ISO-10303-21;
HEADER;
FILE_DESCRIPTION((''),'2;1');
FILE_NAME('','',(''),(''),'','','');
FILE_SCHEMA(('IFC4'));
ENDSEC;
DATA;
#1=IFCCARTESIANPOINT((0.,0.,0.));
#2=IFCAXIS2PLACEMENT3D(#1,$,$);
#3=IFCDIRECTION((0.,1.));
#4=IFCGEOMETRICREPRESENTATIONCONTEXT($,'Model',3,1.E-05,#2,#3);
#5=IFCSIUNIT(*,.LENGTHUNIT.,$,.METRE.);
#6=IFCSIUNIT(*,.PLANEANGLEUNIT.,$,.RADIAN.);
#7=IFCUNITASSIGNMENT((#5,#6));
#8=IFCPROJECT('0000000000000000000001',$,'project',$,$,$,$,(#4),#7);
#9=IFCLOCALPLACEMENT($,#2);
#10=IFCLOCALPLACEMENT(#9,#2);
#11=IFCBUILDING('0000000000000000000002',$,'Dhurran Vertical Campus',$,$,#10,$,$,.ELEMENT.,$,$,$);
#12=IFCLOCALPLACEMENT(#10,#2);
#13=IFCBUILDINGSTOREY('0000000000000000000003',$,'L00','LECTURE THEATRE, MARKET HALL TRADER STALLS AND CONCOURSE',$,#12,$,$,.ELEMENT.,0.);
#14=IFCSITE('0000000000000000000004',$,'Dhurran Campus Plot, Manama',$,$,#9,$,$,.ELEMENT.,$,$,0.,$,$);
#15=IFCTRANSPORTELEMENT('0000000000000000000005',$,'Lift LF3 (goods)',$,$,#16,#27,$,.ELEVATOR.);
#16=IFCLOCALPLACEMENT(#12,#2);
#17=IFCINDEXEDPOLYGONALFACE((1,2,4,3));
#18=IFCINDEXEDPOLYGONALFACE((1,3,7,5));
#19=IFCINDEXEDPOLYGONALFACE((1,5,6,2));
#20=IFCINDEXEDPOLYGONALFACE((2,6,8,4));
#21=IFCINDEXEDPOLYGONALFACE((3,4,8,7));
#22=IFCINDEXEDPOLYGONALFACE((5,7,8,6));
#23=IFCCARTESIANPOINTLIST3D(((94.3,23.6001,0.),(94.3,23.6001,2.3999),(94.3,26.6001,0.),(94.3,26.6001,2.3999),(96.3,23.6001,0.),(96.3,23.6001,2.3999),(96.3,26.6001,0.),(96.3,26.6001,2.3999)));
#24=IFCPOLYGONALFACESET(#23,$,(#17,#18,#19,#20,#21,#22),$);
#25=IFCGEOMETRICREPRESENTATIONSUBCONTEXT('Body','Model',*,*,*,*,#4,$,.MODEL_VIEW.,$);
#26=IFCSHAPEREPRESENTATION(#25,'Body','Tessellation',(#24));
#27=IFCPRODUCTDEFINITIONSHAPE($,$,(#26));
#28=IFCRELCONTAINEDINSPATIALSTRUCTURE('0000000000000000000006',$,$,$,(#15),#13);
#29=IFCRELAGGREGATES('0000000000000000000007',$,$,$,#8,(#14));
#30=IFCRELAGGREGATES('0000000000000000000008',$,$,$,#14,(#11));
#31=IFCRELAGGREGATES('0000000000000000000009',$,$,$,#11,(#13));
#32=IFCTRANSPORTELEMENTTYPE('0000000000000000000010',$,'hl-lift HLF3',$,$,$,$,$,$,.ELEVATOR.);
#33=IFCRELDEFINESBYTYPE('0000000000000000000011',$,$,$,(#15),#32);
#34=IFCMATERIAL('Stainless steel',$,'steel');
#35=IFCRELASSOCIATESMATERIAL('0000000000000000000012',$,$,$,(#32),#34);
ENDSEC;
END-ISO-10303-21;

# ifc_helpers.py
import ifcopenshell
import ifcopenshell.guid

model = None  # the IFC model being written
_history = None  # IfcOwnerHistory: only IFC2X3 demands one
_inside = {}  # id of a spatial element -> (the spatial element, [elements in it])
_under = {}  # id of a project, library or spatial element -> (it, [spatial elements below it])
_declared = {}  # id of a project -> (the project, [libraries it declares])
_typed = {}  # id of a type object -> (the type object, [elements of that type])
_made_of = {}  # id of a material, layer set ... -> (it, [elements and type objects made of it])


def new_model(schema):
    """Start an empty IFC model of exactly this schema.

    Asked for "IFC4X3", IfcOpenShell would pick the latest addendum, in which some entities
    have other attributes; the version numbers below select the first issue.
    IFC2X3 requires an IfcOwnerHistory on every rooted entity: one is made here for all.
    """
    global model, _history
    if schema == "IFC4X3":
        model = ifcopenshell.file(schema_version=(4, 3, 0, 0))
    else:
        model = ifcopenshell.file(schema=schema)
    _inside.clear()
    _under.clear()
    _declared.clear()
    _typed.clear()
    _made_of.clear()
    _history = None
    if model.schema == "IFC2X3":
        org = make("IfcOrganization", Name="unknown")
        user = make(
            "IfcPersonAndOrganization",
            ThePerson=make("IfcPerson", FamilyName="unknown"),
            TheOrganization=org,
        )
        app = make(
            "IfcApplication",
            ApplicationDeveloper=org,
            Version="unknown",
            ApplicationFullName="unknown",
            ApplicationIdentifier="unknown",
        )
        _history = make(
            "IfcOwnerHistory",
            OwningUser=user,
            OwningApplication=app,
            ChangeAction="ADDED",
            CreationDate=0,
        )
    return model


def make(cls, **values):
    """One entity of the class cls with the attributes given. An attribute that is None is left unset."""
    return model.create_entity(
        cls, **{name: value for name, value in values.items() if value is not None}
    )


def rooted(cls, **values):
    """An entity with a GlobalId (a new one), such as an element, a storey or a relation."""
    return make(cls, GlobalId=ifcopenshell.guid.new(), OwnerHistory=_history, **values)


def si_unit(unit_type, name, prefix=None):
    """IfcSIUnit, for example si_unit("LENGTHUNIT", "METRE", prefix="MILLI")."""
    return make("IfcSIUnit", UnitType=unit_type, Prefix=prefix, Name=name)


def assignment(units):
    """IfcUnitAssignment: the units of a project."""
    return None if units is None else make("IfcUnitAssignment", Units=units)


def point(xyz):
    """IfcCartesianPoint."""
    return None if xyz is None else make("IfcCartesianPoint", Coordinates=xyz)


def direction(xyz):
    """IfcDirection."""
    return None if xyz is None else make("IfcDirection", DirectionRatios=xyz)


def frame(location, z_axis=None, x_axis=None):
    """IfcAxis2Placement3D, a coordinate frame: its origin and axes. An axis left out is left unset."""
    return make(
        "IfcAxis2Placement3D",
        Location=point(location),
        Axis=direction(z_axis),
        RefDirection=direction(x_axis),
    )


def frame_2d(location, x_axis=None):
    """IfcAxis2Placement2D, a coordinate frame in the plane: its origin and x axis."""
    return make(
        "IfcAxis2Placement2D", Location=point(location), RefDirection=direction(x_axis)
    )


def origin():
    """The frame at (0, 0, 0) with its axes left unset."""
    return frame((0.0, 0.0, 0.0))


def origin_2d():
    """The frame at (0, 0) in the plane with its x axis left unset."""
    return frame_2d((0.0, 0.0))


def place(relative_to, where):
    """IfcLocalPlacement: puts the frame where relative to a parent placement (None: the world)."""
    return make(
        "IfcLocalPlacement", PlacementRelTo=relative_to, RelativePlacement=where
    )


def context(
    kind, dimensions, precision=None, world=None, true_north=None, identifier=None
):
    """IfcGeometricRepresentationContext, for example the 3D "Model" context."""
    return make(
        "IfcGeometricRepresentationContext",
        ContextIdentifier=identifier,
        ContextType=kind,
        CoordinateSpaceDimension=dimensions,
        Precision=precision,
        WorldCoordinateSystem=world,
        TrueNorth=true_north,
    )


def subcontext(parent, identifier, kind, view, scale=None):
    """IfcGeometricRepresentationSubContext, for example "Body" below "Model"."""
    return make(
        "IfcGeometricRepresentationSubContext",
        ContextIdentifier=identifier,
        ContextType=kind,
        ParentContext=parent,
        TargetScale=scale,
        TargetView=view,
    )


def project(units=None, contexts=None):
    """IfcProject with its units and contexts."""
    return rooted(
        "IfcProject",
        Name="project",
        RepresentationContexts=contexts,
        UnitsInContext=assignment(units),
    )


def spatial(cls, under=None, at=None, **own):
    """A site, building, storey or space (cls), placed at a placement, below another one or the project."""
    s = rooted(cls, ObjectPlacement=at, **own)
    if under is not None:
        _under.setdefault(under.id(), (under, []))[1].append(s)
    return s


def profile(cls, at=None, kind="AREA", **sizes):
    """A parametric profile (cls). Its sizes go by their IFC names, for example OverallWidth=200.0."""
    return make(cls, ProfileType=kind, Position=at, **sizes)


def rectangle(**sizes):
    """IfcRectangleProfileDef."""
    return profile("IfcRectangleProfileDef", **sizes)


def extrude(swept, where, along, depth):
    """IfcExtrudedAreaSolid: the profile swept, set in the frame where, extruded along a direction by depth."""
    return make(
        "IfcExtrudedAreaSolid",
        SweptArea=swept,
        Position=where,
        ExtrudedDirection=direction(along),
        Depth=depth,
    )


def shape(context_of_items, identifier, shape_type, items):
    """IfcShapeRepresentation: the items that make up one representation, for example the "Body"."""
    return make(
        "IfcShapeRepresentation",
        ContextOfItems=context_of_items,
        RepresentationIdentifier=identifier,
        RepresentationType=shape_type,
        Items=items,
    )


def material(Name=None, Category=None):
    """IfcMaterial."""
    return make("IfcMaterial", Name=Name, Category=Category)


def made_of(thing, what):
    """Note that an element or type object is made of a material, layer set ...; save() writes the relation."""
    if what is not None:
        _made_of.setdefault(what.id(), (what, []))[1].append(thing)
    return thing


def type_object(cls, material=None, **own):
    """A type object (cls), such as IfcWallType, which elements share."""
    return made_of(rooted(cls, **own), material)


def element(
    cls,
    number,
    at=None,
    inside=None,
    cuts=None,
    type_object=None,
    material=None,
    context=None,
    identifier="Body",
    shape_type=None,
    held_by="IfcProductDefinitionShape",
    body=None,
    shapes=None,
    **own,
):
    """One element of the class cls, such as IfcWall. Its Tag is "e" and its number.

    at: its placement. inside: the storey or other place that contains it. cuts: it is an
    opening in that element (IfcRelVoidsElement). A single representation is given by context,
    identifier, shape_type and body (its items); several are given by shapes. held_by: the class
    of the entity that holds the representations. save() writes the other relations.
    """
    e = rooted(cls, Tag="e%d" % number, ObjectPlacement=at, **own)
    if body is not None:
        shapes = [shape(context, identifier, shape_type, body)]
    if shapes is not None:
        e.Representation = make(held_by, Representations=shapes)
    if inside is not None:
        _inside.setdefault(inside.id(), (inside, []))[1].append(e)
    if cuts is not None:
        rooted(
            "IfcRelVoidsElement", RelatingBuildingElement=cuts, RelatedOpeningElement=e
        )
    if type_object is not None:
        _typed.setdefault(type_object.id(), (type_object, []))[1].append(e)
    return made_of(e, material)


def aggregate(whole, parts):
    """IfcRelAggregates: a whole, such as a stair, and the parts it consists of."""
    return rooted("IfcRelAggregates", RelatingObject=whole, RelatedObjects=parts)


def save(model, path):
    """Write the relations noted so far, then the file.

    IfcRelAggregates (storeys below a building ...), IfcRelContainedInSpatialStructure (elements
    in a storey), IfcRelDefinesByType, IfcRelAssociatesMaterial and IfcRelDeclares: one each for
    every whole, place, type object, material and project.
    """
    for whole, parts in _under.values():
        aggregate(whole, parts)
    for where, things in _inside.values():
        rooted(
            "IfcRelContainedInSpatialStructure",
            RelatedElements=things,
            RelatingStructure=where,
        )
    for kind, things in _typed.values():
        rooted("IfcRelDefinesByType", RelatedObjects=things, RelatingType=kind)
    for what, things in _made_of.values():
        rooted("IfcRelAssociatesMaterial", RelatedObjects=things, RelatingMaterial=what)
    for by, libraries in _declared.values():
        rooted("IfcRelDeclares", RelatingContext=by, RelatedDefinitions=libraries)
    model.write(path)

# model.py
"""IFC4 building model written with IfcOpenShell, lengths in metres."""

from ifc_helpers import new_model, si_unit, direction, frame, origin, origin_2d, place, context, subcontext, project, spatial, rectangle, extrude, material, type_object, element, save


model = new_model("IFC4")

# Units and contexts
model_context = context("Model", 3, precision=1e-05, world=origin(), true_north=direction((0.0, 1.0)))
body_context = subcontext(model_context, "Body", "Model", "MODEL_VIEW")
ifc_project = project(units=[si_unit("LENGTHUNIT", "METRE"), si_unit("PLANEANGLEUNIT", "RADIAN")], contexts=[model_context])

# Site, building, storey
site_placement = place(None, origin())
site = spatial("IfcSite", under=ifc_project, at=site_placement, Name="Dhurran Campus Plot, Manama", CompositionType="ELEMENT", RefElevation=0.0)
building_placement = place(site_placement, origin())
building = spatial("IfcBuilding", under=site, at=building_placement, Name="Dhurran Vertical Campus", CompositionType="ELEMENT")
storey_placement = place(building_placement, origin())
storey = spatial("IfcBuildingStorey", under=building, at=storey_placement, Name="L00", Description="LECTURE THEATRE, MARKET HALL TRADER STALLS AND CONCOURSE", CompositionType="ELEMENT", Elevation=0.0)

# Transport element
ifc_material_1 = material(Name="Stainless steel", Category="steel")
transport_element_type_1 = type_object("IfcTransportElementType", Name="hl-lift HLF3", PredefinedType="ELEVATOR", material=ifc_material_1)
transport_element_1_placement = place(storey_placement, frame((95.3, 25.1001, 0.0), z_axis=(0.0, 0.0, 1.0), x_axis=(1.0, 0.0, 0.0)))
element("IfcTransportElement", 1, at=transport_element_1_placement, inside=storey, type_object=transport_element_type_1, Name="Lift LF3 (goods)", PredefinedType="ELEVATOR", context=body_context, shape_type="SweptSolid", body=[
    extrude(rectangle(XDim=2.0, YDim=3.0, at=origin_2d()), origin(), (0.0, 0.0, 1.0), 2.3999),
])

save(model, "model.ifc")
